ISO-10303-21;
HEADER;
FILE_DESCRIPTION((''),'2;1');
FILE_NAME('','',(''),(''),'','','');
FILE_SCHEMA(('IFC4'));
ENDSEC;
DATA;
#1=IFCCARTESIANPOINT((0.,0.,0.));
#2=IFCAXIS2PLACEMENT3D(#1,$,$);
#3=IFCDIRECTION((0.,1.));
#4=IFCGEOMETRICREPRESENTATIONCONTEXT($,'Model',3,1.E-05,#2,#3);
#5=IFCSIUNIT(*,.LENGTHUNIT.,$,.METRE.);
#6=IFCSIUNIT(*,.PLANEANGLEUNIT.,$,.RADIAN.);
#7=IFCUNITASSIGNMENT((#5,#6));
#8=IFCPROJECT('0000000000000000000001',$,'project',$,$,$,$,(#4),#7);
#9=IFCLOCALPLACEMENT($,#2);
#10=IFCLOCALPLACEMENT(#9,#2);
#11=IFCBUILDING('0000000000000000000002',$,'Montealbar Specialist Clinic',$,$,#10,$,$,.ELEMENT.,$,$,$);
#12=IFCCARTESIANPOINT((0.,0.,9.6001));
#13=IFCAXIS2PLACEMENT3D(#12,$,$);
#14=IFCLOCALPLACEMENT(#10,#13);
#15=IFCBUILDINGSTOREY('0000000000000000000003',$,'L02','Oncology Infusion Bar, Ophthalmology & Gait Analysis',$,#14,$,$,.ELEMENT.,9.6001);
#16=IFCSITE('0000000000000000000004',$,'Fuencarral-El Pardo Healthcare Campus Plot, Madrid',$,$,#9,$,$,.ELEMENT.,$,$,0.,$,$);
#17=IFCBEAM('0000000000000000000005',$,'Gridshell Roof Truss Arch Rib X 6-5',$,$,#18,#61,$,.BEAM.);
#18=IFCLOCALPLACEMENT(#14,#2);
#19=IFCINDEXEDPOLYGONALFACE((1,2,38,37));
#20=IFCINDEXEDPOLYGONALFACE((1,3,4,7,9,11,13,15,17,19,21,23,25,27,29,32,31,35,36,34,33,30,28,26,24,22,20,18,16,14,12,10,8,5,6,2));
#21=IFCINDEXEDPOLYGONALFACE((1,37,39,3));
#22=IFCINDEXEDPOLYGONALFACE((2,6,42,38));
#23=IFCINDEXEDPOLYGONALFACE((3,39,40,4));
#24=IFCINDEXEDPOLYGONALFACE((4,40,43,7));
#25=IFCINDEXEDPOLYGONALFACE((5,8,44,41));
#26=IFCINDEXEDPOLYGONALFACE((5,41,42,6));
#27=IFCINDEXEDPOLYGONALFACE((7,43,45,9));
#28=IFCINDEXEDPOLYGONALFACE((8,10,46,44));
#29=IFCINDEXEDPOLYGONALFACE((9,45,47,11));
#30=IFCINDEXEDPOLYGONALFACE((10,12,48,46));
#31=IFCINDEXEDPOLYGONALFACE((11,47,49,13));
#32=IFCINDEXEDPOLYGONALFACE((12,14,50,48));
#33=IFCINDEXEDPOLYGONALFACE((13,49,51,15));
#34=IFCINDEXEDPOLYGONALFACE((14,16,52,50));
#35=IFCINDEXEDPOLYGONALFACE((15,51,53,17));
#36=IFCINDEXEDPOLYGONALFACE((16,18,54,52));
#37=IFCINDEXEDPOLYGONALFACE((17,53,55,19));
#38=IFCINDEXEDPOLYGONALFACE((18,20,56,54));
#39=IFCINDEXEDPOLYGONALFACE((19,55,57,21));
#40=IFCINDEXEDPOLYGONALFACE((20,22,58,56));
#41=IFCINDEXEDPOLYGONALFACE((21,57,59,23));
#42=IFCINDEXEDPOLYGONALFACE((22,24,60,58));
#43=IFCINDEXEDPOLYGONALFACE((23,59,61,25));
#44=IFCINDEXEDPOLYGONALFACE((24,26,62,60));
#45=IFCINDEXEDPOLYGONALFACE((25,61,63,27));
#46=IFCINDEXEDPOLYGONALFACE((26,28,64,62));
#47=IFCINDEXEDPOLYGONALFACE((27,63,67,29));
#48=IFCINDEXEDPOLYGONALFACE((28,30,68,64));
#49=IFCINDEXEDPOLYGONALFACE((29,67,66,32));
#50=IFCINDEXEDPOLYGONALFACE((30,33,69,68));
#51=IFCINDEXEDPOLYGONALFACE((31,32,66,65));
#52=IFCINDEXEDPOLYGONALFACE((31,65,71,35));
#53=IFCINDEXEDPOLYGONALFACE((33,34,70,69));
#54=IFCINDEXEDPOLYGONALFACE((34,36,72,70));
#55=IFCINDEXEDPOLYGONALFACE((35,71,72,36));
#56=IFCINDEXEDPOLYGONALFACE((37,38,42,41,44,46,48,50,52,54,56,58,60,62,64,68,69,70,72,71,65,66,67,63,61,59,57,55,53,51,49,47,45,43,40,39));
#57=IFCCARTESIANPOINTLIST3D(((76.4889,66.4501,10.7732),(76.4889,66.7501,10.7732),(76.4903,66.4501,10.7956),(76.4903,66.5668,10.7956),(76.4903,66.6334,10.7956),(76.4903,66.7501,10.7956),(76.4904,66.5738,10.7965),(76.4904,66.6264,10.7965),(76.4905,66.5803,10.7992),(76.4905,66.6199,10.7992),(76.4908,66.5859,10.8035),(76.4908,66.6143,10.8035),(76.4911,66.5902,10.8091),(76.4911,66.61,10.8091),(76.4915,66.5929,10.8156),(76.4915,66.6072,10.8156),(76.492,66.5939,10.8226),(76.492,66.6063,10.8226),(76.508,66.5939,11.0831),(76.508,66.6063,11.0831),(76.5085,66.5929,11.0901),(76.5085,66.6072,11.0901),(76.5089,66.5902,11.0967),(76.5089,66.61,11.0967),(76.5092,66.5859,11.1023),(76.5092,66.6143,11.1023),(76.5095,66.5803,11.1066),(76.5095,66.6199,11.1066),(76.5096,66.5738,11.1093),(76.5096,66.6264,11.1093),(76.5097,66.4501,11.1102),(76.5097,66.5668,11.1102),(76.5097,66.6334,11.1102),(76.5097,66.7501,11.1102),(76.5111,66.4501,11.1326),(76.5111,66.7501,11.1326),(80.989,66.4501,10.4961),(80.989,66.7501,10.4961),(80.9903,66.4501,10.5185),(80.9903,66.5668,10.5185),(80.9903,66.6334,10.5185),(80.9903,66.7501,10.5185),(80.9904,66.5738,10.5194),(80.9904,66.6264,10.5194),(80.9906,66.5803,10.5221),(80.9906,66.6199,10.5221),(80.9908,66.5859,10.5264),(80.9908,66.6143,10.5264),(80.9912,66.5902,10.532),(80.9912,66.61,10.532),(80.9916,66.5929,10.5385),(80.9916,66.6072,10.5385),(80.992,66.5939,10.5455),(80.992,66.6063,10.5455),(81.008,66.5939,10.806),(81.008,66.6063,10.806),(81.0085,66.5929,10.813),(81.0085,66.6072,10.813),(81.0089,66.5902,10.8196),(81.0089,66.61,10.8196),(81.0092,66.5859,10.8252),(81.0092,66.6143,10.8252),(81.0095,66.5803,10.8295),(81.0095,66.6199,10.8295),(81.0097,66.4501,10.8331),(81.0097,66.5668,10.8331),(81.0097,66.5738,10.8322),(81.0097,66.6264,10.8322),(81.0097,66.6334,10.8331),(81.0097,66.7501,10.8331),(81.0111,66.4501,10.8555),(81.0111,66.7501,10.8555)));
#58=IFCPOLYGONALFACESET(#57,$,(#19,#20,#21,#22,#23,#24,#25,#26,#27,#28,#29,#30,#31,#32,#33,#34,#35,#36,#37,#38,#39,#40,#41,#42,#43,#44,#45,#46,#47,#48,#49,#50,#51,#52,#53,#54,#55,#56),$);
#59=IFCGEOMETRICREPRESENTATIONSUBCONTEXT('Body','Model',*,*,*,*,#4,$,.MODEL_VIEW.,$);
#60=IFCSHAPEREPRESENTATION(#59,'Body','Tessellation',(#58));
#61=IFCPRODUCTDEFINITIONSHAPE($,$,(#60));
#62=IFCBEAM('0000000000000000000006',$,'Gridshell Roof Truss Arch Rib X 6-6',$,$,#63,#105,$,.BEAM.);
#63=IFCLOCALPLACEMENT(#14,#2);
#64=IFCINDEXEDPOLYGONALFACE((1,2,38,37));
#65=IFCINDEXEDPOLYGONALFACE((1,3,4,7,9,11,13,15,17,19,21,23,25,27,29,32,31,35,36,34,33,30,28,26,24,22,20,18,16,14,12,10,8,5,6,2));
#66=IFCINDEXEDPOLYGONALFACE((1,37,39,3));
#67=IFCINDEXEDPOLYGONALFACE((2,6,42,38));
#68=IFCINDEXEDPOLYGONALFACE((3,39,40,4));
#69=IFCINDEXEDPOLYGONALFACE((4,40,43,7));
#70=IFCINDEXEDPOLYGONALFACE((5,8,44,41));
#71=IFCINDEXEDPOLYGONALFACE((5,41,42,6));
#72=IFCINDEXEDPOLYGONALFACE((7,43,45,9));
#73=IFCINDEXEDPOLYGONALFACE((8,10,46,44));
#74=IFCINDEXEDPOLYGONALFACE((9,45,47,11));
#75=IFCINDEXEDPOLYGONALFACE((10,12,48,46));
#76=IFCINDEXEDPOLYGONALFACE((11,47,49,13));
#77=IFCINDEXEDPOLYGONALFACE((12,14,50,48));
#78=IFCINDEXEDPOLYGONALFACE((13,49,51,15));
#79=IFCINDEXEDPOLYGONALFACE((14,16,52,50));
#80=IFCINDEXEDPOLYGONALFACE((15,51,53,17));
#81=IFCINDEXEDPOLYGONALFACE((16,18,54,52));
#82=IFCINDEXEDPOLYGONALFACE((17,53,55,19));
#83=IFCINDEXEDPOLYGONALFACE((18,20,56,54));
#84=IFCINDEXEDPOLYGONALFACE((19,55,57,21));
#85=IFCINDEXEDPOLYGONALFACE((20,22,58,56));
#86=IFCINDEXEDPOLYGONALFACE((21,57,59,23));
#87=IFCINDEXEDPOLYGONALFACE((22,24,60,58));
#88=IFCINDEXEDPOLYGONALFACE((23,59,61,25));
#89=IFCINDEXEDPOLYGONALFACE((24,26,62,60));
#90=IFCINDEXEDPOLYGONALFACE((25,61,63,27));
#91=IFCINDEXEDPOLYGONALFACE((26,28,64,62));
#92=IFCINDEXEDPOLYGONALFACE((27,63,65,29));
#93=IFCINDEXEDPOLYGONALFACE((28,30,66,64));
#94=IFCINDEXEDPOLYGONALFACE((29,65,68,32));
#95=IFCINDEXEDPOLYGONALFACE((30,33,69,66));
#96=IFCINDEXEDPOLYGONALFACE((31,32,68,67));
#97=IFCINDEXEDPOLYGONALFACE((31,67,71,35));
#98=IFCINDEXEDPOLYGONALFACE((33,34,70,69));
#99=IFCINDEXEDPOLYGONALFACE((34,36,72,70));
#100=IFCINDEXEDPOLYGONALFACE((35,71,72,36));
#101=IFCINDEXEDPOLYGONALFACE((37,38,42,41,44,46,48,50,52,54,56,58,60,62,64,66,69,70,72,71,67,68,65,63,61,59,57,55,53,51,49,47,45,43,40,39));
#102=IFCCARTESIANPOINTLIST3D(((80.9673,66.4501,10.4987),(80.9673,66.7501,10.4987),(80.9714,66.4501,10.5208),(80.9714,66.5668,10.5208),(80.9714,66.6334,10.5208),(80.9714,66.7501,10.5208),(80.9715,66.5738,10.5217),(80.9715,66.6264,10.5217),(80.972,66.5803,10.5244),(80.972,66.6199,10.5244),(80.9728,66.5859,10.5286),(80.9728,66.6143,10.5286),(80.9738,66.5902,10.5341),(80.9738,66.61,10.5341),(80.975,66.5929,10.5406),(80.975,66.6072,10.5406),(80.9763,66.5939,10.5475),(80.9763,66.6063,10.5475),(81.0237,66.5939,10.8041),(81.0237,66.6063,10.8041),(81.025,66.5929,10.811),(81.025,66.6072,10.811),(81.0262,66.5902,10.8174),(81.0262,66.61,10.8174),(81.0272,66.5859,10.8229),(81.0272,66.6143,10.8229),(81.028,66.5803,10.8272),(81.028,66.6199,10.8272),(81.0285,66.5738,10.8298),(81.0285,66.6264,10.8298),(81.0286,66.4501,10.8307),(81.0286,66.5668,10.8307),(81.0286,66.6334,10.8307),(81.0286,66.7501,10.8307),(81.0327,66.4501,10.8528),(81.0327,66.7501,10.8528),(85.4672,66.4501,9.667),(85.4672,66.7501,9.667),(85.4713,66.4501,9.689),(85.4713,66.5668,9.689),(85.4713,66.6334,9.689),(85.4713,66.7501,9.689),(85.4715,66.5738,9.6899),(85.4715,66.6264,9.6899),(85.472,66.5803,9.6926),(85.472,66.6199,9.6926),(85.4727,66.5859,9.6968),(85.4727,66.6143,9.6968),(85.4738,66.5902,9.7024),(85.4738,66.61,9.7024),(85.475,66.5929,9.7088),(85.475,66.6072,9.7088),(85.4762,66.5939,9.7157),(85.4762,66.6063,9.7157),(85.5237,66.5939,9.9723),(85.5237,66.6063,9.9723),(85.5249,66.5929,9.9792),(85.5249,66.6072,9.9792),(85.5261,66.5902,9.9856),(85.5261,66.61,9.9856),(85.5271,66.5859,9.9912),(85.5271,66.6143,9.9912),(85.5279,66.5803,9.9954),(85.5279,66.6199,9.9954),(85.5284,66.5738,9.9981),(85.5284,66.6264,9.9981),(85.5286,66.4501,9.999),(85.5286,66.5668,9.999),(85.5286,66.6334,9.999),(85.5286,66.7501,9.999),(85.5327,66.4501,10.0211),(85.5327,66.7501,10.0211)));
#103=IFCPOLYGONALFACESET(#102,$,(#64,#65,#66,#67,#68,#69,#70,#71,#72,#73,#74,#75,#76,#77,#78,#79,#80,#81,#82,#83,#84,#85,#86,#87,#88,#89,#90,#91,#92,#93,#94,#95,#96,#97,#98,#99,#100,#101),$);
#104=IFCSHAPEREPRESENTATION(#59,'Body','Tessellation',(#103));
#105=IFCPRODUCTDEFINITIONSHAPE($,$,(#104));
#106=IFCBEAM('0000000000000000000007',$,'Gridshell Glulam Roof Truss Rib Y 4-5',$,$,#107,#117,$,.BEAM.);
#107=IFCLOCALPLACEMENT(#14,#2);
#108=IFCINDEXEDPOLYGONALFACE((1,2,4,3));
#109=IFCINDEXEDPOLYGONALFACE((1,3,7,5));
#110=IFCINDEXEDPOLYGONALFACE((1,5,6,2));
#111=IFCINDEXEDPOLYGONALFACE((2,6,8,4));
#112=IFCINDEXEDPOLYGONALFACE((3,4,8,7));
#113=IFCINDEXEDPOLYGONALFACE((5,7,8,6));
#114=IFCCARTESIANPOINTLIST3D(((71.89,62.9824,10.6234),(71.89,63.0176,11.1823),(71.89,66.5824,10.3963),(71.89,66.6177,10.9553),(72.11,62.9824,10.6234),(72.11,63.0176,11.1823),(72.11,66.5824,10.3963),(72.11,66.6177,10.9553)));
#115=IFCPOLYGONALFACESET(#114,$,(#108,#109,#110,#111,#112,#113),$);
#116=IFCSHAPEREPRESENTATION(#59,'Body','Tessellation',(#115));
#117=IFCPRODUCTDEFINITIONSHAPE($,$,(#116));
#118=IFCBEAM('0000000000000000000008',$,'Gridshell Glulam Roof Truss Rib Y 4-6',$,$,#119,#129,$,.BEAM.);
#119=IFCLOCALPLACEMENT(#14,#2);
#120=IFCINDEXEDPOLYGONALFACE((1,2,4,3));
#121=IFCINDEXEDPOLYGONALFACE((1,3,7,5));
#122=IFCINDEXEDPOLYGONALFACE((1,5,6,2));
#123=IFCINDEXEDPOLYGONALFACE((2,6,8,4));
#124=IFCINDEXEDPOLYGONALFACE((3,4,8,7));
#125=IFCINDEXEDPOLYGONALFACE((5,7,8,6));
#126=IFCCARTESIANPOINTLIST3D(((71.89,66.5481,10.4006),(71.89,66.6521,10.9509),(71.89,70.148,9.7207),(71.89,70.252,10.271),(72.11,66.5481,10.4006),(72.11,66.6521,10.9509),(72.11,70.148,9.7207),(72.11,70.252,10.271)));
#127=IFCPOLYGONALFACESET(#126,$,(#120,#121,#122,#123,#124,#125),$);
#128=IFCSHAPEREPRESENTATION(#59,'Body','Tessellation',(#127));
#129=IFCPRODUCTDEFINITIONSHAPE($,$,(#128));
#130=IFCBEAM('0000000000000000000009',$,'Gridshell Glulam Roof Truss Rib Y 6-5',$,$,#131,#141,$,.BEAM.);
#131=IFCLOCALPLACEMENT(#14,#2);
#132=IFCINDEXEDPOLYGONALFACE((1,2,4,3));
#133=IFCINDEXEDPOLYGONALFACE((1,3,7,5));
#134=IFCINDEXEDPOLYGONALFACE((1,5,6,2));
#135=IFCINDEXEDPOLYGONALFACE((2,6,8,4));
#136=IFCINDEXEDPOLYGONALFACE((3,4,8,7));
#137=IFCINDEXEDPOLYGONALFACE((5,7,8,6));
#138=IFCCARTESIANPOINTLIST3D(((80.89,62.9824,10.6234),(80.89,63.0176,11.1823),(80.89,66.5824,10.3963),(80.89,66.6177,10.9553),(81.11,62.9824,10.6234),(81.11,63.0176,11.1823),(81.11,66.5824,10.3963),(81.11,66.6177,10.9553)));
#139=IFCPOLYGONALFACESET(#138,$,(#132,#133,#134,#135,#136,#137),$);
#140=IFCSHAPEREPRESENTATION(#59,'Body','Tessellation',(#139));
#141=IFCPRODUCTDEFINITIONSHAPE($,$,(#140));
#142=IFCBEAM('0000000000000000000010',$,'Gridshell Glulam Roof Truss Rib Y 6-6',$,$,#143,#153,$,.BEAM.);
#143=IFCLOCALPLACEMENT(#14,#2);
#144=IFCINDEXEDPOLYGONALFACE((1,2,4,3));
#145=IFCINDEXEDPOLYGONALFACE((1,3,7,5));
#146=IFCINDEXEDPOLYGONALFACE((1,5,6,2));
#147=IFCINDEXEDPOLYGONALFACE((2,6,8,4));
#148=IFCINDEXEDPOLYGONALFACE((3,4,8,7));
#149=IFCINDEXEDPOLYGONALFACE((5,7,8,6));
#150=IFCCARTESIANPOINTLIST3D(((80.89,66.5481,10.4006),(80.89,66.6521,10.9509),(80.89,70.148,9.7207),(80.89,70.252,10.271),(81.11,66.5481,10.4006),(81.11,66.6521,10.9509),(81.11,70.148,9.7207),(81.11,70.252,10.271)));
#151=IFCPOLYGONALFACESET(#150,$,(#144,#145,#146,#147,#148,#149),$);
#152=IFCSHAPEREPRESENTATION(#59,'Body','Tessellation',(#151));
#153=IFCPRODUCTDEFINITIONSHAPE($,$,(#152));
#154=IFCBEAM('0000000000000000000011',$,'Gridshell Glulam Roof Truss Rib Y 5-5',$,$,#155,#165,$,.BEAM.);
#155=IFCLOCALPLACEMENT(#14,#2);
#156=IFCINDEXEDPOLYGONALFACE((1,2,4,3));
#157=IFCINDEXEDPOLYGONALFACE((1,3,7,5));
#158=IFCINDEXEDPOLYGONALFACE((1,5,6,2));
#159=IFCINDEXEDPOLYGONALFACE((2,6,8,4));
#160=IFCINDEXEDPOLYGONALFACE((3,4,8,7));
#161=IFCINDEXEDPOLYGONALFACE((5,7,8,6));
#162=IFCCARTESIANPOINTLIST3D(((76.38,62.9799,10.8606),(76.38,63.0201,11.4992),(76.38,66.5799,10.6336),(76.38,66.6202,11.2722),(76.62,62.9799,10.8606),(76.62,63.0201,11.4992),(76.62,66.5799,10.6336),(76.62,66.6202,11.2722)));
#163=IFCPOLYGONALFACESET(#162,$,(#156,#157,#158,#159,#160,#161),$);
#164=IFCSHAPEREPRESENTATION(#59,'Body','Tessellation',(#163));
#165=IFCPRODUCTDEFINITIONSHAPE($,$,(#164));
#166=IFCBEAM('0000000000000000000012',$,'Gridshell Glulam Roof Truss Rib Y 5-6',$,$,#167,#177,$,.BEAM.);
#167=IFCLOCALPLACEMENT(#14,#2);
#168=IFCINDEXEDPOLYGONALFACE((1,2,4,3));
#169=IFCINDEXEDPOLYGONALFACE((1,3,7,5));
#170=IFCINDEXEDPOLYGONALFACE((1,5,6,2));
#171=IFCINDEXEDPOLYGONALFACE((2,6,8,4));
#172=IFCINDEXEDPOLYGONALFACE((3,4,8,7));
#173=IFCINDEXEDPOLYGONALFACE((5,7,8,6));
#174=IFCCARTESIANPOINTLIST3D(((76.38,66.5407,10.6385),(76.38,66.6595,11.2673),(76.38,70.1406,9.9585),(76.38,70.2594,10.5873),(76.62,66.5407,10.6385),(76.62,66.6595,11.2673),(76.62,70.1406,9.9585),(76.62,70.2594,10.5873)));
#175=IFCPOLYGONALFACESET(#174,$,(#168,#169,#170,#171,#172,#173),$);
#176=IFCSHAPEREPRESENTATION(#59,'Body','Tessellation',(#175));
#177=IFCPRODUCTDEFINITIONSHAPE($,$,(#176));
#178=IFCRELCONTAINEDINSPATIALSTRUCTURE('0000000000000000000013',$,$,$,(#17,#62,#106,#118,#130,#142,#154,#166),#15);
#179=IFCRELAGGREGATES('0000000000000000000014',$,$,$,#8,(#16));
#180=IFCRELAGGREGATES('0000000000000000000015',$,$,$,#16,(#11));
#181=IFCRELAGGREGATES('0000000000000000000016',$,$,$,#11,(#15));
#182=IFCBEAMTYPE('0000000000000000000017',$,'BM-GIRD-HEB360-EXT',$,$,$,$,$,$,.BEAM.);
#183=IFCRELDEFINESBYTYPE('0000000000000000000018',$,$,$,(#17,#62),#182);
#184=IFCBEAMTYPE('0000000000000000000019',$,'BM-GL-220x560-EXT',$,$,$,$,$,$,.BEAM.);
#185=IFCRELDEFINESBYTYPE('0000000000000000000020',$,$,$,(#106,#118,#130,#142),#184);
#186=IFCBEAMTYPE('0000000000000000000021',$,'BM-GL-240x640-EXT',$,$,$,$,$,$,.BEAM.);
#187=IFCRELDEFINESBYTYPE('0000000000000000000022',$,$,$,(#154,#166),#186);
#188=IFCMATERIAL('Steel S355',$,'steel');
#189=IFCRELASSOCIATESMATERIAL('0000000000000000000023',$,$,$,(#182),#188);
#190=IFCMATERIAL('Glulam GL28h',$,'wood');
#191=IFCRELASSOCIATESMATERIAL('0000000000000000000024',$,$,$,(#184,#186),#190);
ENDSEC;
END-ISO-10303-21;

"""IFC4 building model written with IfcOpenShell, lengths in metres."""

from ifc_helpers import new_model, si_unit, direction, frame, origin, origin_2d, place, context, subcontext, project, spatial, rectangle, i_section, extrude, material, material_profile, profile_set, type_object, element, save


model = new_model("IFC4")

# Units and contexts
model_context = context("Model", 3, precision=1e-05, world=origin(), true_north=direction((0.0, 1.0)))
body_context = subcontext(model_context, "Body", "Model", "MODEL_VIEW")
ifc_project = project(units=[si_unit("LENGTHUNIT", "METRE"), si_unit("PLANEANGLEUNIT", "RADIAN")], contexts=[model_context])

# Site, building, storey
site_placement = place(None, origin())
site = spatial("IfcSite", under=ifc_project, at=site_placement, Name="Fuencarral-El Pardo Healthcare Campus Plot, Madrid", CompositionType="ELEMENT", RefElevation=0.0)
building_placement = place(site_placement, origin())
building = spatial("IfcBuilding", under=site, at=building_placement, Name="Montealbar Specialist Clinic", CompositionType="ELEMENT")
storey_placement = place(building_placement, frame((0.0, 0.0, 9.6001)))
storey = spatial("IfcBuildingStorey", under=building, at=storey_placement, Name="L02", Description="Oncology Infusion Bar, Ophthalmology & Gait Analysis", CompositionType="ELEMENT", Elevation=9.6001)

# Beams
ifc_material_1 = material(Name="Steel S355", Category="steel")
ifc_material_profile_1 = material_profile(ifc_material_1, i_section(OverallWidth=0.3, OverallDepth=0.3601, WebThickness=0.0125, FlangeThickness=0.0225, FilletRadius=0.0271, at=origin_2d()), Name="HEB 360", Category="steel")
ifc_profile_set_1 = profile_set([ifc_material_profile_1], Name="Steel S355")
beam_type_1 = type_object("IfcBeamType", Name="BM-GIRD-HEB360-EXT", PredefinedType="BEAM", material=ifc_profile_set_1)
for number, where, z_axis, x_axis, name in (
    (1, (76.5, 66.6001, 10.9529), (0.998109, 0.0, -0.061461), (0.0, 1.0, 0.0), "Gridshell Roof Truss Arch Rib X 6-5"),
):
    element("IfcBeam", number, at=place(storey_placement, frame(where, z_axis=z_axis, x_axis=x_axis)), inside=storey, type_object=beam_type_1, Name=name, PredefinedType="BEAM", context=body_context, shape_type="SweptSolid", body=[
        extrude(i_section(OverallWidth=0.3, OverallDepth=0.3601, WebThickness=0.0125, FlangeThickness=0.0225, FilletRadius=0.0271, at=origin_2d()), origin(), (0.0, 0.0, 1.0), 4.5085),
    ])
beam_1_placement = place(storey_placement, frame((81.0, 66.6001, 10.6758), z_axis=(0.983342, 0.0, -0.181763), x_axis=(0.0, 1.0, 0.0)))
element("IfcBeam", 2, at=beam_1_placement, inside=storey, type_object=beam_type_1, Name="Gridshell Roof Truss Arch Rib X 6-6", PredefinedType="BEAM", context=body_context, shape_type="SweptSolid", body=[
    extrude(i_section(OverallWidth=0.3, OverallDepth=0.3601, WebThickness=0.0125, FlangeThickness=0.0225, FilletRadius=0.0271, at=origin_2d()), origin(), (0.0, 0.0, 1.0), 4.5762),
])
ifc_material_2 = material(Name="Glulam GL28h", Category="wood")
ifc_material_profile_2 = material_profile(ifc_material_2, rectangle(XDim=0.22, YDim=0.5601, at=origin_2d()), Name="GL28h 220x560", Category="wood")
ifc_profile_set_2 = profile_set([ifc_material_profile_2], Name="Glulam GL28h")
beam_type_2 = type_object("IfcBeamType", Name="BM-GL-220x560-EXT", PredefinedType="BEAM", material=ifc_profile_set_2)
beam_2_placement = place(storey_placement, frame((72.0, 63.0, 10.9028), z_axis=(0.0, 0.998017, -0.062943), x_axis=(-1.0, 0.0, 0.0)))
element("IfcBeam", 3, at=beam_2_placement, inside=storey, type_object=beam_type_2, Name="Gridshell Glulam Roof Truss Rib Y 4-5", PredefinedType="BEAM", context=body_context, shape_type="SweptSolid", body=[
    extrude(rectangle(XDim=0.22, YDim=0.5601, at=origin_2d()), origin(), (0.0, 0.0, 1.0), 3.6072),
])
beam_3_placement = place(storey_placement, frame((72.0, 66.6001, 10.6758), z_axis=(0.0, 0.982626, -0.185596), x_axis=(-1.0, 0.0, 0.0)))
element("IfcBeam", 4, at=beam_3_placement, inside=storey, type_object=beam_type_2, Name="Gridshell Glulam Roof Truss Rib Y 4-6", PredefinedType="BEAM", context=body_context, shape_type="SweptSolid", body=[
    extrude(rectangle(XDim=0.22, YDim=0.5601, at=origin_2d()), origin(), (0.0, 0.0, 1.0), 3.6636),
])
beam_4_placement = place(storey_placement, frame((81.0, 63.0, 10.9028), z_axis=(0.0, 0.998017, -0.062943), x_axis=(-1.0, 0.0, 0.0)))
element("IfcBeam", 5, at=beam_4_placement, inside=storey, type_object=beam_type_2, Name="Gridshell Glulam Roof Truss Rib Y 6-5", PredefinedType="BEAM", context=body_context, shape_type="SweptSolid", body=[
    extrude(rectangle(XDim=0.22, YDim=0.5601, at=origin_2d()), origin(), (0.0, 0.0, 1.0), 3.6072),
])
beam_5_placement = place(storey_placement, frame((81.0, 66.6001, 10.6758), z_axis=(0.0, 0.982626, -0.185596), x_axis=(-1.0, 0.0, 0.0)))
element("IfcBeam", 6, at=beam_5_placement, inside=storey, type_object=beam_type_2, Name="Gridshell Glulam Roof Truss Rib Y 6-6", PredefinedType="BEAM", context=body_context, shape_type="SweptSolid", body=[
    extrude(rectangle(XDim=0.22, YDim=0.5601, at=origin_2d()), origin(), (0.0, 0.0, 1.0), 3.6636),
])
ifc_material_profile_3 = material_profile(ifc_material_2, rectangle(XDim=0.24, YDim=0.6399, at=origin_2d()), Name="GL28h 240x640", Category="wood")
ifc_profile_set_3 = profile_set([ifc_material_profile_3], Name="Glulam GL28h")
beam_type_3 = type_object("IfcBeamType", Name="BM-GL-240x640-EXT", PredefinedType="BEAM", material=ifc_profile_set_3)
beam_6_placement = place(storey_placement, frame((76.5, 63.0, 11.1799), z_axis=(0.0, 0.998017, -0.062943), x_axis=(-1.0, 0.0, 0.0)))
element("IfcBeam", 7, at=beam_6_placement, inside=storey, type_object=beam_type_3, Name="Gridshell Glulam Roof Truss Rib Y 5-5", PredefinedType="BEAM", context=body_context, shape_type="SweptSolid", body=[
    extrude(rectangle(XDim=0.24, YDim=0.6399, at=origin_2d()), origin(), (0.0, 0.0, 1.0), 3.6072),
])
beam_7_placement = place(storey_placement, frame((76.5, 66.6001, 10.9529), z_axis=(0.0, 0.982626, -0.185596), x_axis=(-1.0, 0.0, 0.0)))
element("IfcBeam", 8, at=beam_7_placement, inside=storey, type_object=beam_type_3, Name="Gridshell Glulam Roof Truss Rib Y 5-6", PredefinedType="BEAM", context=body_context, shape_type="SweptSolid", body=[
    extrude(rectangle(XDim=0.24, YDim=0.6399, at=origin_2d()), origin(), (0.0, 0.0, 1.0), 3.6636),
])

save(model, "model.ifc")
